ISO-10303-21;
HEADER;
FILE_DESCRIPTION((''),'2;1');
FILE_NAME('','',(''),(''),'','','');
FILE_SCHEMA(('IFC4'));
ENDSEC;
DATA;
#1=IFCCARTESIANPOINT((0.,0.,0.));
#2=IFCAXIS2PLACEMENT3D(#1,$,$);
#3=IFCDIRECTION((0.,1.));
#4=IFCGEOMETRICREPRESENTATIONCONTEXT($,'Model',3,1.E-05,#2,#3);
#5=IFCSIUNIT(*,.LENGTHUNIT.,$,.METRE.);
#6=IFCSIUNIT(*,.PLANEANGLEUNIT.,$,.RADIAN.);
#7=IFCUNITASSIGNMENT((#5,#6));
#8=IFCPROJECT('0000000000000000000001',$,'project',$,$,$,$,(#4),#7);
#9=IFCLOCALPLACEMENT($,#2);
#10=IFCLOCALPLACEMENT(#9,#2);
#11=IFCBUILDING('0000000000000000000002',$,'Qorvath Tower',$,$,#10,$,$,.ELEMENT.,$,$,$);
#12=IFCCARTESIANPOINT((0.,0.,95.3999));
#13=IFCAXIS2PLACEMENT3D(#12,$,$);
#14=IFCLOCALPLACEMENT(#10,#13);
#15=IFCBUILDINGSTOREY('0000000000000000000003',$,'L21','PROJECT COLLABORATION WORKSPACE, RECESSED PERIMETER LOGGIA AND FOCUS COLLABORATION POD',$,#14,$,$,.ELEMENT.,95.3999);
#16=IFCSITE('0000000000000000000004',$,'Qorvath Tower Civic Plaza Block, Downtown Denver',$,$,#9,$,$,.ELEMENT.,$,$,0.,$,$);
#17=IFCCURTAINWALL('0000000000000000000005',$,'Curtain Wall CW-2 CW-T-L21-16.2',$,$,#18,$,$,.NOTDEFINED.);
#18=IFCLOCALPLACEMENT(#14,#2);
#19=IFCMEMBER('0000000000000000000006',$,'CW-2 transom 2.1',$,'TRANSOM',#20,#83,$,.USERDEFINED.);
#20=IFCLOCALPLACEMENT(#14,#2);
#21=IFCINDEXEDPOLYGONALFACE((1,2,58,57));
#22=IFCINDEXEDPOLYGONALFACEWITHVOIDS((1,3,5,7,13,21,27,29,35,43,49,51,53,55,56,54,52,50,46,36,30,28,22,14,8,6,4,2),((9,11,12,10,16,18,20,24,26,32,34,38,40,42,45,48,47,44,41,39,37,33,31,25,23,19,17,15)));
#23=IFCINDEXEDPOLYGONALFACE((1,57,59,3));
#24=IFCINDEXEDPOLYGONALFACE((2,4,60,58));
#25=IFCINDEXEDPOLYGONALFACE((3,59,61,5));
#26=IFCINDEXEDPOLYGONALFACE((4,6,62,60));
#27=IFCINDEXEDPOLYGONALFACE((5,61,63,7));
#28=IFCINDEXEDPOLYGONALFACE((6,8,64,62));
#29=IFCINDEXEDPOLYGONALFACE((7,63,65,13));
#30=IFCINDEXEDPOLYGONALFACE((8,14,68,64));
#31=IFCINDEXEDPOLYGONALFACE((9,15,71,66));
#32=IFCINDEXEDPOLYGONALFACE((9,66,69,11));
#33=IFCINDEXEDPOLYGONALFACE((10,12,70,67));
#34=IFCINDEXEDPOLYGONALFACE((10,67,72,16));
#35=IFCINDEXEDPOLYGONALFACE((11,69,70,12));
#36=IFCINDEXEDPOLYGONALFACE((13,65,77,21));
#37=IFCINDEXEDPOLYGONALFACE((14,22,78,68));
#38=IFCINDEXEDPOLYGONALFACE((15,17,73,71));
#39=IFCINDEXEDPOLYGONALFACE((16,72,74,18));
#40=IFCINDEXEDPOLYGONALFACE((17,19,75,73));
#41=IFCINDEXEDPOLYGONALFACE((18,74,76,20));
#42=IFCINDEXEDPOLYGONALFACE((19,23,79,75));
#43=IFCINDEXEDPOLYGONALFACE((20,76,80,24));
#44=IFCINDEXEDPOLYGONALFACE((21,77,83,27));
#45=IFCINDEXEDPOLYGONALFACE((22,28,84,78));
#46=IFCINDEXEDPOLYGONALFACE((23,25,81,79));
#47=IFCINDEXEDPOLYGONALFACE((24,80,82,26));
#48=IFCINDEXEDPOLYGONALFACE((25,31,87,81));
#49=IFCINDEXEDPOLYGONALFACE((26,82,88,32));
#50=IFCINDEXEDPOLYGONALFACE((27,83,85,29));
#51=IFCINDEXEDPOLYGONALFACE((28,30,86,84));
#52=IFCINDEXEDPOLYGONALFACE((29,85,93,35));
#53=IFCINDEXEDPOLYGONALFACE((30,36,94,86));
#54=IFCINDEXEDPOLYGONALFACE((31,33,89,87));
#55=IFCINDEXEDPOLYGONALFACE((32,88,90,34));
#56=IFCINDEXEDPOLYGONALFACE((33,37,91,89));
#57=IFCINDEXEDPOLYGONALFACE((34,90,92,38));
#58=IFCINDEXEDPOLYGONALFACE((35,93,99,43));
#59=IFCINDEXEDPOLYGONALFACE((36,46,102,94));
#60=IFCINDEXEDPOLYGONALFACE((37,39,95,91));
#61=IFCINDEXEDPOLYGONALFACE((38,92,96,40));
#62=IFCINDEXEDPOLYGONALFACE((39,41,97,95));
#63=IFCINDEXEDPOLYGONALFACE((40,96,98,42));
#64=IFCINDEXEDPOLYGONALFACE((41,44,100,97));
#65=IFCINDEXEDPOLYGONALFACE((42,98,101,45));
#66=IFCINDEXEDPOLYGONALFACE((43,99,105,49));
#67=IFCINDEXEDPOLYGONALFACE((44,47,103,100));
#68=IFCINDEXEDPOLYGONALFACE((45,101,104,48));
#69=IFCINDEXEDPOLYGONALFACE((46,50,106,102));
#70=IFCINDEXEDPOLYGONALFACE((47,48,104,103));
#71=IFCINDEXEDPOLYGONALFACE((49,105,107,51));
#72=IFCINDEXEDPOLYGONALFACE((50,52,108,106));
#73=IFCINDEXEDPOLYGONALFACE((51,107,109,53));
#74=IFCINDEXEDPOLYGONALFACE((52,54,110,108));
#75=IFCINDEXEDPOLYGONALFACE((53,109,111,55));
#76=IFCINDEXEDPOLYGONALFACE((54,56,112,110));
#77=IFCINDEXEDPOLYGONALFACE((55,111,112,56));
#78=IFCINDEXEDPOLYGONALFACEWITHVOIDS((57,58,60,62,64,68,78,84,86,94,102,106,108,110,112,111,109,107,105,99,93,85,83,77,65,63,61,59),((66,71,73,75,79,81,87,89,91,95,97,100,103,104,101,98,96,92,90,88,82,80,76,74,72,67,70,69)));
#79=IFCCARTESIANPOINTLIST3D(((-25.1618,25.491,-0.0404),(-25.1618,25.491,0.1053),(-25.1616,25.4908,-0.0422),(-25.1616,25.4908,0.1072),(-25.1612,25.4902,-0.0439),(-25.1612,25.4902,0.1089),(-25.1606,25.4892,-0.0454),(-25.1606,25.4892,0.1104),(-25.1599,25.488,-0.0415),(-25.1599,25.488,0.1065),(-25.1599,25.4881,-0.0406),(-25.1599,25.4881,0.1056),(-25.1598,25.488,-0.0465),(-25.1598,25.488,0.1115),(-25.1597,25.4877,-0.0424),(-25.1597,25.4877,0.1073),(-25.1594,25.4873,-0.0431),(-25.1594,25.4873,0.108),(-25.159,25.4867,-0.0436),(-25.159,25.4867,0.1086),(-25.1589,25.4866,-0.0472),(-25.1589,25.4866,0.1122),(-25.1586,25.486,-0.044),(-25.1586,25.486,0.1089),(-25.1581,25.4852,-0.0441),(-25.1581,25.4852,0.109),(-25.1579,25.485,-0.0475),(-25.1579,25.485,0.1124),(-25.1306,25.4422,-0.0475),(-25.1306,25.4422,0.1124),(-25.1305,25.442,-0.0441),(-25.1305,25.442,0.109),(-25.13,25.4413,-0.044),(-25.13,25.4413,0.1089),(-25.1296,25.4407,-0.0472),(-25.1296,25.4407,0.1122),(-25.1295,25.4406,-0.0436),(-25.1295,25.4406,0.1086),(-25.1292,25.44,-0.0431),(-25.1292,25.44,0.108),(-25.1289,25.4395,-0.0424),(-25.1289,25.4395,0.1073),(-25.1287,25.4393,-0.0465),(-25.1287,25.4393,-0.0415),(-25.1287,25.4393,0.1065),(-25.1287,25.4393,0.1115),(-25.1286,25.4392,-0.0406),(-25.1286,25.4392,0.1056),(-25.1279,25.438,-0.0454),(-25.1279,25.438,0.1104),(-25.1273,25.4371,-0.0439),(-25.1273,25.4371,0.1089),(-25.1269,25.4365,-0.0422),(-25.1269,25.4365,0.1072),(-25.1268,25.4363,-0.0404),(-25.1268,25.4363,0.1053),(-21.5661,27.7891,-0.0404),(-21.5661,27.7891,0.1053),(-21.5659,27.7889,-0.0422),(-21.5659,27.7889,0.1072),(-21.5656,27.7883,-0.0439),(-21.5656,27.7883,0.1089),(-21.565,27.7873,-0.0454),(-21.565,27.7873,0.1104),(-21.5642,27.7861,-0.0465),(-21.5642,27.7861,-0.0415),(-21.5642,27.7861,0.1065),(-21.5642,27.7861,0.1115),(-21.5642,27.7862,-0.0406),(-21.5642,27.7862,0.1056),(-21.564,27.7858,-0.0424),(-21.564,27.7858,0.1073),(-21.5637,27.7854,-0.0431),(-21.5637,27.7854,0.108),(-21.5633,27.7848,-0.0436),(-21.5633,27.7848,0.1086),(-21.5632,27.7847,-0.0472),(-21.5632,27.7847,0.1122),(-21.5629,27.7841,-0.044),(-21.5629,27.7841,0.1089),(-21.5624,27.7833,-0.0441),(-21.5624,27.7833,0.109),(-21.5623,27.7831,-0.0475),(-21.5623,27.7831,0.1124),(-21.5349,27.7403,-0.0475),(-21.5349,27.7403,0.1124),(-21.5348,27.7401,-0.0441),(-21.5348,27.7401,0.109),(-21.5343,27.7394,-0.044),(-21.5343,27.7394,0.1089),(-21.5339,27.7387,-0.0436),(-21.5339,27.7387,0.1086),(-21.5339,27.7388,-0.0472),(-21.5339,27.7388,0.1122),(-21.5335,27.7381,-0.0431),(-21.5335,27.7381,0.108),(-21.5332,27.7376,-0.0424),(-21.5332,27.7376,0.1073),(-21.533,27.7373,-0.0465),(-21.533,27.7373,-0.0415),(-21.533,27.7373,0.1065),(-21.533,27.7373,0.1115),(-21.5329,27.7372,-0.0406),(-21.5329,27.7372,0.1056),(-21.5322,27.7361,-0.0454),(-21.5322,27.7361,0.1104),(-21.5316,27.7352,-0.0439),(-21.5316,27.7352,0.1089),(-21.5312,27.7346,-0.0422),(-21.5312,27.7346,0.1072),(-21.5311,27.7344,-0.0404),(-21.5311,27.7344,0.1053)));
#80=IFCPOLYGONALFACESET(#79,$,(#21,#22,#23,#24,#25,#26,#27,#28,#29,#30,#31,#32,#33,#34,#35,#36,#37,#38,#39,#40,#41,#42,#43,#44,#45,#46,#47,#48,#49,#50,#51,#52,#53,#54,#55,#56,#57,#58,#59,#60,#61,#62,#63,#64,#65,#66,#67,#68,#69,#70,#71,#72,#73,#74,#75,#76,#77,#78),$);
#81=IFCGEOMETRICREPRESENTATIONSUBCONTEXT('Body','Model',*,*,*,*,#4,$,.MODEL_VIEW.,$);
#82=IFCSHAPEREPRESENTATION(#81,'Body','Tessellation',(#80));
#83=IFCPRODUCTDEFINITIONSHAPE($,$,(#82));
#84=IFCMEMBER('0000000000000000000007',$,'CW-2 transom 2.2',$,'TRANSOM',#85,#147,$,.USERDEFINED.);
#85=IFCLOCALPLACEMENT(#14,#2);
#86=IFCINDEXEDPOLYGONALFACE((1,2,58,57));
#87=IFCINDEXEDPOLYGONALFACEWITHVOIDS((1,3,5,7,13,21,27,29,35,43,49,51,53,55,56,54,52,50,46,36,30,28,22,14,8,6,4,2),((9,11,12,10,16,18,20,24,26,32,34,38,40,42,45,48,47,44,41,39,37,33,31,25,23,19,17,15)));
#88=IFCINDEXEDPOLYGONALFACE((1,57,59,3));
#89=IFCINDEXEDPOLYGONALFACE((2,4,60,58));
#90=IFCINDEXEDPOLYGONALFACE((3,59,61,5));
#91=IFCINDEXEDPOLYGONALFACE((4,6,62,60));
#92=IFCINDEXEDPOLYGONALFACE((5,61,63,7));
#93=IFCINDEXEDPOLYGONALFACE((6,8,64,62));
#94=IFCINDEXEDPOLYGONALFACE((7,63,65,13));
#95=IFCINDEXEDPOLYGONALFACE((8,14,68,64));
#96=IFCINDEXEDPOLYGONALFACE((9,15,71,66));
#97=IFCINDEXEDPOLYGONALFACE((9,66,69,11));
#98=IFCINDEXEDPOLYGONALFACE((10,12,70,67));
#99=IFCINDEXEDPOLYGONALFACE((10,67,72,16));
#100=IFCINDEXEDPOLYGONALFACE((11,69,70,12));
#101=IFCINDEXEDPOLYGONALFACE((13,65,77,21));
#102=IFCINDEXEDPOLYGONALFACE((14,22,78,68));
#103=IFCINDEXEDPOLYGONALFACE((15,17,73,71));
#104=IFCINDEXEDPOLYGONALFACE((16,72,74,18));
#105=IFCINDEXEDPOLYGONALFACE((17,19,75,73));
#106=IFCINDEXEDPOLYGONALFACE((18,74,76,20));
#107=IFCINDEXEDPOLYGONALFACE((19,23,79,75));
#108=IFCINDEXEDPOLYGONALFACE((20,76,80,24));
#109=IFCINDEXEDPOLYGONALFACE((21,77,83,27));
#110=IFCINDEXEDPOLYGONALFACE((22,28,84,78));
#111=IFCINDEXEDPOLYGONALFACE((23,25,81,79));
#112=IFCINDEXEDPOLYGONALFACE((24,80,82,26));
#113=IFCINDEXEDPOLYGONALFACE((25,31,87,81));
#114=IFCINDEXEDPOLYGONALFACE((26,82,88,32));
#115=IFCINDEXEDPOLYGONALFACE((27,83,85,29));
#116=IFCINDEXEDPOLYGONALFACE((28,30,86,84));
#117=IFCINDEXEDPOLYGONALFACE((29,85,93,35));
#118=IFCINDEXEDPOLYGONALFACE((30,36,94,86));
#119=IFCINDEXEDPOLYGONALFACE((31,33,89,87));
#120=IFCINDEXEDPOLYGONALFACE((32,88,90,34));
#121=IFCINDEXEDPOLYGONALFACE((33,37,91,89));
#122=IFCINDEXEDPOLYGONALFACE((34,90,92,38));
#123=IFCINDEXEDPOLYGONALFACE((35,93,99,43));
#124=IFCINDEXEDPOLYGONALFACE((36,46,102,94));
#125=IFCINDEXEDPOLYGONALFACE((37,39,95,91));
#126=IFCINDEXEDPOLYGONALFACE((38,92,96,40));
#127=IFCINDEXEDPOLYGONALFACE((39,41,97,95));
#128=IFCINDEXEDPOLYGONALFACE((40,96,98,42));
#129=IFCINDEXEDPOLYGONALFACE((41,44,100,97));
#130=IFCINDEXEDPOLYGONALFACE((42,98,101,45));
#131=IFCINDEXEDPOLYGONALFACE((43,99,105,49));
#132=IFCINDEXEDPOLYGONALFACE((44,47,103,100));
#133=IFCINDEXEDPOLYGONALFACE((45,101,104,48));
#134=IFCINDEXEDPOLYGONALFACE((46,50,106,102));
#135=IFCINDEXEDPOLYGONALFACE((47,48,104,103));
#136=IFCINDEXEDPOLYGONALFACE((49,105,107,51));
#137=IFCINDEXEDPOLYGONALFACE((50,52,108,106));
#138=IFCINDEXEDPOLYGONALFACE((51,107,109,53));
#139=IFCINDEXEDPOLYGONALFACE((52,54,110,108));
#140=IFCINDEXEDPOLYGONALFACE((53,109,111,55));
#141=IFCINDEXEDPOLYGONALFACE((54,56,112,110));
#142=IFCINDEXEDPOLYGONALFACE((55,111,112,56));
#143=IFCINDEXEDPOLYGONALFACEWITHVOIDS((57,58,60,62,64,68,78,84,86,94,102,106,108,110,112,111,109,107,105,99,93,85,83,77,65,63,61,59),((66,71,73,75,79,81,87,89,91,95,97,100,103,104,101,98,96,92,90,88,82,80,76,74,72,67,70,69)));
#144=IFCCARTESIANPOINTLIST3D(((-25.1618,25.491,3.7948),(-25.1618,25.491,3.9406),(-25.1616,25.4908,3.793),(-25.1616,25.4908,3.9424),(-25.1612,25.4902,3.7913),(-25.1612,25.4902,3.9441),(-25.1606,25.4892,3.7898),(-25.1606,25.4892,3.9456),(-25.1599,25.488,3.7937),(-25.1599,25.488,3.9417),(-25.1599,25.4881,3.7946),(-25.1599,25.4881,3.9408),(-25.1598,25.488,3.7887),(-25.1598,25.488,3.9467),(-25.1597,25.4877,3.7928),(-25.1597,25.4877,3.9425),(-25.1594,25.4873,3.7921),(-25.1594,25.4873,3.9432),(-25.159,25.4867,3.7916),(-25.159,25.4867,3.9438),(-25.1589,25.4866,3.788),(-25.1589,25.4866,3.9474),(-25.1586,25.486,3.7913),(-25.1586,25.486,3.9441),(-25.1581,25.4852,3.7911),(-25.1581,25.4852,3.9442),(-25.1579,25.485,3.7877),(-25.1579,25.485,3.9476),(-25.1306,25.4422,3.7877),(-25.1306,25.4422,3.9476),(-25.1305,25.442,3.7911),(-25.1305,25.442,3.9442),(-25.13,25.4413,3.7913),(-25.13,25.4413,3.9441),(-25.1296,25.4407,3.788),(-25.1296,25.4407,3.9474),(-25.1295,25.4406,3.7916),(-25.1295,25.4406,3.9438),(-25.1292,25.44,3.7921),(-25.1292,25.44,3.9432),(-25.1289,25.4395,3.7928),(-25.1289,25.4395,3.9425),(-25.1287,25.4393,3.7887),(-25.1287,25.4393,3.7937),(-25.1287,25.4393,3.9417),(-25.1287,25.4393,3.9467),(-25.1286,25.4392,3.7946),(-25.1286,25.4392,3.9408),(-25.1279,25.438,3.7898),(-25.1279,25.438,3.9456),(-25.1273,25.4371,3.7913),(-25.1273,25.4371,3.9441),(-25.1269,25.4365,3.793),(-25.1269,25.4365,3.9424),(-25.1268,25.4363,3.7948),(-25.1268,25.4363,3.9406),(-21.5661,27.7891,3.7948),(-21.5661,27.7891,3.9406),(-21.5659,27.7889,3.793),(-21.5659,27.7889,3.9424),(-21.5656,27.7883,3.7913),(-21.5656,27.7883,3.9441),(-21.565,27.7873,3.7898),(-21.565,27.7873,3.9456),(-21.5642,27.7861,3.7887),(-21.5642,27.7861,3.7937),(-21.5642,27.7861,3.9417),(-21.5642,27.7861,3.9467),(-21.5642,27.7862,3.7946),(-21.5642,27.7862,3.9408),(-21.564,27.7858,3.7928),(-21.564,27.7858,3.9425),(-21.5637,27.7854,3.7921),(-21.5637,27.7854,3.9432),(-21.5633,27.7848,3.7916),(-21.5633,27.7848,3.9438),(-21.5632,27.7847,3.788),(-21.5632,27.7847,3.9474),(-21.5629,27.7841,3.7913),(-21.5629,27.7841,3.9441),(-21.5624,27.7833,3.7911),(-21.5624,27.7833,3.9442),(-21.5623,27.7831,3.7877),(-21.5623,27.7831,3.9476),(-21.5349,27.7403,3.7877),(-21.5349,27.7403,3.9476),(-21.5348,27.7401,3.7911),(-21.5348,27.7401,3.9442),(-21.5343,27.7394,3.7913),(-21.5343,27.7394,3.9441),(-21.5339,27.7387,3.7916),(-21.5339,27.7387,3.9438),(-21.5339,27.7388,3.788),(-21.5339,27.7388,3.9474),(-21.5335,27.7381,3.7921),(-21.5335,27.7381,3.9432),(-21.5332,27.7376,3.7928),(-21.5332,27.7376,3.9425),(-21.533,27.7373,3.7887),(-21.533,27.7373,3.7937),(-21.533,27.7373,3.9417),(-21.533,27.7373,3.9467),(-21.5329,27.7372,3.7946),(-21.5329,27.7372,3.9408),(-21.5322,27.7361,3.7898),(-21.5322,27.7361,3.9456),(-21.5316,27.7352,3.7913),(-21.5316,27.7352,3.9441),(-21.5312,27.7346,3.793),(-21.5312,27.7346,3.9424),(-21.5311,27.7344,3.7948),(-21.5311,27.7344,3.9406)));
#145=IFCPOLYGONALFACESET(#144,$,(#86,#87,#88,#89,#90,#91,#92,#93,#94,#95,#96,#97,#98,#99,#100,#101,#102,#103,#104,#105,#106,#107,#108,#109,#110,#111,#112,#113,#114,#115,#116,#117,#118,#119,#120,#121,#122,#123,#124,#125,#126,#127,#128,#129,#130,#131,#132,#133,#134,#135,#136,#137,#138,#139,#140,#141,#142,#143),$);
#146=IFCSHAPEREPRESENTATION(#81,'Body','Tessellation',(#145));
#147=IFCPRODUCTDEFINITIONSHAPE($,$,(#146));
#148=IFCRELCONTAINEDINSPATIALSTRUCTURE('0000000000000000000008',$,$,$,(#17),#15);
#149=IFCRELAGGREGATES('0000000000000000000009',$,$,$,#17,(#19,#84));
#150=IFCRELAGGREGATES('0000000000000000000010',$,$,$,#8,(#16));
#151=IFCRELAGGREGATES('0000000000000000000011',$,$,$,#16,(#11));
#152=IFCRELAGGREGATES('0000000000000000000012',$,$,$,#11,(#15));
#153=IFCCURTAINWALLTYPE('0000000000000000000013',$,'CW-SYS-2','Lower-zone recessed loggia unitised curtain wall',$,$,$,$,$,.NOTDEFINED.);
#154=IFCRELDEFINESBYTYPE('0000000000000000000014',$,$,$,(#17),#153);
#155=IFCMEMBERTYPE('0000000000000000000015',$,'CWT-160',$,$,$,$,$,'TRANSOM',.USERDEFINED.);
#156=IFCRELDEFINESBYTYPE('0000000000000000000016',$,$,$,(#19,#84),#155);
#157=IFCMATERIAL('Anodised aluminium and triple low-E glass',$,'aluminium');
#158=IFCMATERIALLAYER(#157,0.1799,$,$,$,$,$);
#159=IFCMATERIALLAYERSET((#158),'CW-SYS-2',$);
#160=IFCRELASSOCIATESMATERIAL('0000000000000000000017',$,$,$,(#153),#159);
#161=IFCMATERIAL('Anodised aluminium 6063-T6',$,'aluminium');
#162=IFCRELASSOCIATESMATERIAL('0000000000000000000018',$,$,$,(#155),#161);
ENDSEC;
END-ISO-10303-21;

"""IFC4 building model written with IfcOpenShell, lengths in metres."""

from ifc_helpers import new_model, si_unit, direction, frame, origin, origin_2d, place, context, subcontext, project, spatial, hollow_rectangle, extrude, material, layer, layer_set, material_profile, profile_set, type_object, element, aggregate, save


model = new_model("IFC4")

# Units and contexts
model_context = context("Model", 3, precision=1e-05, world=origin(), true_north=direction((0.0, 1.0)))
body_context = subcontext(model_context, "Body", "Model", "MODEL_VIEW")
ifc_project = project(units=[si_unit("LENGTHUNIT", "METRE"), si_unit("PLANEANGLEUNIT", "RADIAN")], contexts=[model_context])

# Site, building, storey
site_placement = place(None, origin())
site = spatial("IfcSite", under=ifc_project, at=site_placement, Name="Qorvath Tower Civic Plaza Block, Downtown Denver", CompositionType="ELEMENT", RefElevation=0.0)
building_placement = place(site_placement, origin())
building = spatial("IfcBuilding", under=site, at=building_placement, Name="Qorvath Tower", CompositionType="ELEMENT")
storey_placement = place(building_placement, frame((0.0, 0.0, 95.3999)))
storey = spatial("IfcBuildingStorey", under=building, at=storey_placement, Name="L21", Description="PROJECT COLLABORATION WORKSPACE, RECESSED PERIMETER LOGGIA AND FOCUS COLLABORATION POD", CompositionType="ELEMENT", Elevation=95.3999)

# Curtain wall
ifc_material_1 = material(Name="Anodised aluminium and triple low-E glass", Category="aluminium")
ifc_layer_1 = layer(ifc_material_1, 0.1799)
ifc_layer_set_1 = layer_set([ifc_layer_1], Name="CW-SYS-2")
curtain_wall_type = type_object("IfcCurtainWallType", Name="CW-SYS-2", Description="Lower-zone recessed loggia unitised curtain wall", PredefinedType="NOTDEFINED", material=ifc_layer_set_1)
curtain_wall_1_placement = place(storey_placement, origin())
curtain_wall_1 = element("IfcCurtainWall", 1, at=curtain_wall_1_placement, inside=storey, type_object=curtain_wall_type, Name="Curtain Wall CW-2 CW-T-L21-16.2", PredefinedType="NOTDEFINED")

# Members
ifc_material_2 = material(Name="Anodised aluminium 6063-T6", Category="aluminium")
ifc_material_profile_1 = material_profile(ifc_material_2, hollow_rectangle(XDim=0.0649, YDim=0.1599, WallThickness=0.0034, InnerFilletRadius=0.0034, OuterFilletRadius=0.0071, at=origin_2d()), Name="CWT 160x65")
ifc_profile_set_1 = profile_set([ifc_material_profile_1], Name="Anodised aluminium 6063-T6")
member_type_1 = type_object("IfcMemberType", Name="CWT-160", ElementType="TRANSOM", PredefinedType="USERDEFINED", material=ifc_profile_set_1)
member_1_placement = place(storey_placement, frame((-21.5486, 27.7617, 0.0325), z_axis=(-0.842607, -0.538529, 0.0), x_axis=(0.538529, -0.842607, 0.0)))
member_1 = element("IfcMember", 2, at=member_1_placement, type_object=member_type_1, Name="CW-2 transom 2.1", ObjectType="TRANSOM", PredefinedType="USERDEFINED", context=body_context, shape_type="SweptSolid", body=[
    extrude(hollow_rectangle(XDim=0.0649, YDim=0.1599, WallThickness=0.0034, InnerFilletRadius=0.0034, OuterFilletRadius=0.0071, at=origin_2d()), origin(), (0.0, 0.0, 1.0), 4.2673),
])
member_2_placement = place(storey_placement, frame((-21.5486, 27.7617, 3.8677), z_axis=(-0.842607, -0.538529, 0.0), x_axis=(0.538529, -0.842607, 0.0)))
member_2 = element("IfcMember", 3, at=member_2_placement, type_object=member_type_1, Name="CW-2 transom 2.2", ObjectType="TRANSOM", PredefinedType="USERDEFINED", context=body_context, shape_type="SweptSolid", body=[
    extrude(hollow_rectangle(XDim=0.0649, YDim=0.1599, WallThickness=0.0034, InnerFilletRadius=0.0034, OuterFilletRadius=0.0071, at=origin_2d()), origin(), (0.0, 0.0, 1.0), 4.2673),
])

aggregate(curtain_wall_1, [member_1, member_2])

save(model, "model.ifc")
